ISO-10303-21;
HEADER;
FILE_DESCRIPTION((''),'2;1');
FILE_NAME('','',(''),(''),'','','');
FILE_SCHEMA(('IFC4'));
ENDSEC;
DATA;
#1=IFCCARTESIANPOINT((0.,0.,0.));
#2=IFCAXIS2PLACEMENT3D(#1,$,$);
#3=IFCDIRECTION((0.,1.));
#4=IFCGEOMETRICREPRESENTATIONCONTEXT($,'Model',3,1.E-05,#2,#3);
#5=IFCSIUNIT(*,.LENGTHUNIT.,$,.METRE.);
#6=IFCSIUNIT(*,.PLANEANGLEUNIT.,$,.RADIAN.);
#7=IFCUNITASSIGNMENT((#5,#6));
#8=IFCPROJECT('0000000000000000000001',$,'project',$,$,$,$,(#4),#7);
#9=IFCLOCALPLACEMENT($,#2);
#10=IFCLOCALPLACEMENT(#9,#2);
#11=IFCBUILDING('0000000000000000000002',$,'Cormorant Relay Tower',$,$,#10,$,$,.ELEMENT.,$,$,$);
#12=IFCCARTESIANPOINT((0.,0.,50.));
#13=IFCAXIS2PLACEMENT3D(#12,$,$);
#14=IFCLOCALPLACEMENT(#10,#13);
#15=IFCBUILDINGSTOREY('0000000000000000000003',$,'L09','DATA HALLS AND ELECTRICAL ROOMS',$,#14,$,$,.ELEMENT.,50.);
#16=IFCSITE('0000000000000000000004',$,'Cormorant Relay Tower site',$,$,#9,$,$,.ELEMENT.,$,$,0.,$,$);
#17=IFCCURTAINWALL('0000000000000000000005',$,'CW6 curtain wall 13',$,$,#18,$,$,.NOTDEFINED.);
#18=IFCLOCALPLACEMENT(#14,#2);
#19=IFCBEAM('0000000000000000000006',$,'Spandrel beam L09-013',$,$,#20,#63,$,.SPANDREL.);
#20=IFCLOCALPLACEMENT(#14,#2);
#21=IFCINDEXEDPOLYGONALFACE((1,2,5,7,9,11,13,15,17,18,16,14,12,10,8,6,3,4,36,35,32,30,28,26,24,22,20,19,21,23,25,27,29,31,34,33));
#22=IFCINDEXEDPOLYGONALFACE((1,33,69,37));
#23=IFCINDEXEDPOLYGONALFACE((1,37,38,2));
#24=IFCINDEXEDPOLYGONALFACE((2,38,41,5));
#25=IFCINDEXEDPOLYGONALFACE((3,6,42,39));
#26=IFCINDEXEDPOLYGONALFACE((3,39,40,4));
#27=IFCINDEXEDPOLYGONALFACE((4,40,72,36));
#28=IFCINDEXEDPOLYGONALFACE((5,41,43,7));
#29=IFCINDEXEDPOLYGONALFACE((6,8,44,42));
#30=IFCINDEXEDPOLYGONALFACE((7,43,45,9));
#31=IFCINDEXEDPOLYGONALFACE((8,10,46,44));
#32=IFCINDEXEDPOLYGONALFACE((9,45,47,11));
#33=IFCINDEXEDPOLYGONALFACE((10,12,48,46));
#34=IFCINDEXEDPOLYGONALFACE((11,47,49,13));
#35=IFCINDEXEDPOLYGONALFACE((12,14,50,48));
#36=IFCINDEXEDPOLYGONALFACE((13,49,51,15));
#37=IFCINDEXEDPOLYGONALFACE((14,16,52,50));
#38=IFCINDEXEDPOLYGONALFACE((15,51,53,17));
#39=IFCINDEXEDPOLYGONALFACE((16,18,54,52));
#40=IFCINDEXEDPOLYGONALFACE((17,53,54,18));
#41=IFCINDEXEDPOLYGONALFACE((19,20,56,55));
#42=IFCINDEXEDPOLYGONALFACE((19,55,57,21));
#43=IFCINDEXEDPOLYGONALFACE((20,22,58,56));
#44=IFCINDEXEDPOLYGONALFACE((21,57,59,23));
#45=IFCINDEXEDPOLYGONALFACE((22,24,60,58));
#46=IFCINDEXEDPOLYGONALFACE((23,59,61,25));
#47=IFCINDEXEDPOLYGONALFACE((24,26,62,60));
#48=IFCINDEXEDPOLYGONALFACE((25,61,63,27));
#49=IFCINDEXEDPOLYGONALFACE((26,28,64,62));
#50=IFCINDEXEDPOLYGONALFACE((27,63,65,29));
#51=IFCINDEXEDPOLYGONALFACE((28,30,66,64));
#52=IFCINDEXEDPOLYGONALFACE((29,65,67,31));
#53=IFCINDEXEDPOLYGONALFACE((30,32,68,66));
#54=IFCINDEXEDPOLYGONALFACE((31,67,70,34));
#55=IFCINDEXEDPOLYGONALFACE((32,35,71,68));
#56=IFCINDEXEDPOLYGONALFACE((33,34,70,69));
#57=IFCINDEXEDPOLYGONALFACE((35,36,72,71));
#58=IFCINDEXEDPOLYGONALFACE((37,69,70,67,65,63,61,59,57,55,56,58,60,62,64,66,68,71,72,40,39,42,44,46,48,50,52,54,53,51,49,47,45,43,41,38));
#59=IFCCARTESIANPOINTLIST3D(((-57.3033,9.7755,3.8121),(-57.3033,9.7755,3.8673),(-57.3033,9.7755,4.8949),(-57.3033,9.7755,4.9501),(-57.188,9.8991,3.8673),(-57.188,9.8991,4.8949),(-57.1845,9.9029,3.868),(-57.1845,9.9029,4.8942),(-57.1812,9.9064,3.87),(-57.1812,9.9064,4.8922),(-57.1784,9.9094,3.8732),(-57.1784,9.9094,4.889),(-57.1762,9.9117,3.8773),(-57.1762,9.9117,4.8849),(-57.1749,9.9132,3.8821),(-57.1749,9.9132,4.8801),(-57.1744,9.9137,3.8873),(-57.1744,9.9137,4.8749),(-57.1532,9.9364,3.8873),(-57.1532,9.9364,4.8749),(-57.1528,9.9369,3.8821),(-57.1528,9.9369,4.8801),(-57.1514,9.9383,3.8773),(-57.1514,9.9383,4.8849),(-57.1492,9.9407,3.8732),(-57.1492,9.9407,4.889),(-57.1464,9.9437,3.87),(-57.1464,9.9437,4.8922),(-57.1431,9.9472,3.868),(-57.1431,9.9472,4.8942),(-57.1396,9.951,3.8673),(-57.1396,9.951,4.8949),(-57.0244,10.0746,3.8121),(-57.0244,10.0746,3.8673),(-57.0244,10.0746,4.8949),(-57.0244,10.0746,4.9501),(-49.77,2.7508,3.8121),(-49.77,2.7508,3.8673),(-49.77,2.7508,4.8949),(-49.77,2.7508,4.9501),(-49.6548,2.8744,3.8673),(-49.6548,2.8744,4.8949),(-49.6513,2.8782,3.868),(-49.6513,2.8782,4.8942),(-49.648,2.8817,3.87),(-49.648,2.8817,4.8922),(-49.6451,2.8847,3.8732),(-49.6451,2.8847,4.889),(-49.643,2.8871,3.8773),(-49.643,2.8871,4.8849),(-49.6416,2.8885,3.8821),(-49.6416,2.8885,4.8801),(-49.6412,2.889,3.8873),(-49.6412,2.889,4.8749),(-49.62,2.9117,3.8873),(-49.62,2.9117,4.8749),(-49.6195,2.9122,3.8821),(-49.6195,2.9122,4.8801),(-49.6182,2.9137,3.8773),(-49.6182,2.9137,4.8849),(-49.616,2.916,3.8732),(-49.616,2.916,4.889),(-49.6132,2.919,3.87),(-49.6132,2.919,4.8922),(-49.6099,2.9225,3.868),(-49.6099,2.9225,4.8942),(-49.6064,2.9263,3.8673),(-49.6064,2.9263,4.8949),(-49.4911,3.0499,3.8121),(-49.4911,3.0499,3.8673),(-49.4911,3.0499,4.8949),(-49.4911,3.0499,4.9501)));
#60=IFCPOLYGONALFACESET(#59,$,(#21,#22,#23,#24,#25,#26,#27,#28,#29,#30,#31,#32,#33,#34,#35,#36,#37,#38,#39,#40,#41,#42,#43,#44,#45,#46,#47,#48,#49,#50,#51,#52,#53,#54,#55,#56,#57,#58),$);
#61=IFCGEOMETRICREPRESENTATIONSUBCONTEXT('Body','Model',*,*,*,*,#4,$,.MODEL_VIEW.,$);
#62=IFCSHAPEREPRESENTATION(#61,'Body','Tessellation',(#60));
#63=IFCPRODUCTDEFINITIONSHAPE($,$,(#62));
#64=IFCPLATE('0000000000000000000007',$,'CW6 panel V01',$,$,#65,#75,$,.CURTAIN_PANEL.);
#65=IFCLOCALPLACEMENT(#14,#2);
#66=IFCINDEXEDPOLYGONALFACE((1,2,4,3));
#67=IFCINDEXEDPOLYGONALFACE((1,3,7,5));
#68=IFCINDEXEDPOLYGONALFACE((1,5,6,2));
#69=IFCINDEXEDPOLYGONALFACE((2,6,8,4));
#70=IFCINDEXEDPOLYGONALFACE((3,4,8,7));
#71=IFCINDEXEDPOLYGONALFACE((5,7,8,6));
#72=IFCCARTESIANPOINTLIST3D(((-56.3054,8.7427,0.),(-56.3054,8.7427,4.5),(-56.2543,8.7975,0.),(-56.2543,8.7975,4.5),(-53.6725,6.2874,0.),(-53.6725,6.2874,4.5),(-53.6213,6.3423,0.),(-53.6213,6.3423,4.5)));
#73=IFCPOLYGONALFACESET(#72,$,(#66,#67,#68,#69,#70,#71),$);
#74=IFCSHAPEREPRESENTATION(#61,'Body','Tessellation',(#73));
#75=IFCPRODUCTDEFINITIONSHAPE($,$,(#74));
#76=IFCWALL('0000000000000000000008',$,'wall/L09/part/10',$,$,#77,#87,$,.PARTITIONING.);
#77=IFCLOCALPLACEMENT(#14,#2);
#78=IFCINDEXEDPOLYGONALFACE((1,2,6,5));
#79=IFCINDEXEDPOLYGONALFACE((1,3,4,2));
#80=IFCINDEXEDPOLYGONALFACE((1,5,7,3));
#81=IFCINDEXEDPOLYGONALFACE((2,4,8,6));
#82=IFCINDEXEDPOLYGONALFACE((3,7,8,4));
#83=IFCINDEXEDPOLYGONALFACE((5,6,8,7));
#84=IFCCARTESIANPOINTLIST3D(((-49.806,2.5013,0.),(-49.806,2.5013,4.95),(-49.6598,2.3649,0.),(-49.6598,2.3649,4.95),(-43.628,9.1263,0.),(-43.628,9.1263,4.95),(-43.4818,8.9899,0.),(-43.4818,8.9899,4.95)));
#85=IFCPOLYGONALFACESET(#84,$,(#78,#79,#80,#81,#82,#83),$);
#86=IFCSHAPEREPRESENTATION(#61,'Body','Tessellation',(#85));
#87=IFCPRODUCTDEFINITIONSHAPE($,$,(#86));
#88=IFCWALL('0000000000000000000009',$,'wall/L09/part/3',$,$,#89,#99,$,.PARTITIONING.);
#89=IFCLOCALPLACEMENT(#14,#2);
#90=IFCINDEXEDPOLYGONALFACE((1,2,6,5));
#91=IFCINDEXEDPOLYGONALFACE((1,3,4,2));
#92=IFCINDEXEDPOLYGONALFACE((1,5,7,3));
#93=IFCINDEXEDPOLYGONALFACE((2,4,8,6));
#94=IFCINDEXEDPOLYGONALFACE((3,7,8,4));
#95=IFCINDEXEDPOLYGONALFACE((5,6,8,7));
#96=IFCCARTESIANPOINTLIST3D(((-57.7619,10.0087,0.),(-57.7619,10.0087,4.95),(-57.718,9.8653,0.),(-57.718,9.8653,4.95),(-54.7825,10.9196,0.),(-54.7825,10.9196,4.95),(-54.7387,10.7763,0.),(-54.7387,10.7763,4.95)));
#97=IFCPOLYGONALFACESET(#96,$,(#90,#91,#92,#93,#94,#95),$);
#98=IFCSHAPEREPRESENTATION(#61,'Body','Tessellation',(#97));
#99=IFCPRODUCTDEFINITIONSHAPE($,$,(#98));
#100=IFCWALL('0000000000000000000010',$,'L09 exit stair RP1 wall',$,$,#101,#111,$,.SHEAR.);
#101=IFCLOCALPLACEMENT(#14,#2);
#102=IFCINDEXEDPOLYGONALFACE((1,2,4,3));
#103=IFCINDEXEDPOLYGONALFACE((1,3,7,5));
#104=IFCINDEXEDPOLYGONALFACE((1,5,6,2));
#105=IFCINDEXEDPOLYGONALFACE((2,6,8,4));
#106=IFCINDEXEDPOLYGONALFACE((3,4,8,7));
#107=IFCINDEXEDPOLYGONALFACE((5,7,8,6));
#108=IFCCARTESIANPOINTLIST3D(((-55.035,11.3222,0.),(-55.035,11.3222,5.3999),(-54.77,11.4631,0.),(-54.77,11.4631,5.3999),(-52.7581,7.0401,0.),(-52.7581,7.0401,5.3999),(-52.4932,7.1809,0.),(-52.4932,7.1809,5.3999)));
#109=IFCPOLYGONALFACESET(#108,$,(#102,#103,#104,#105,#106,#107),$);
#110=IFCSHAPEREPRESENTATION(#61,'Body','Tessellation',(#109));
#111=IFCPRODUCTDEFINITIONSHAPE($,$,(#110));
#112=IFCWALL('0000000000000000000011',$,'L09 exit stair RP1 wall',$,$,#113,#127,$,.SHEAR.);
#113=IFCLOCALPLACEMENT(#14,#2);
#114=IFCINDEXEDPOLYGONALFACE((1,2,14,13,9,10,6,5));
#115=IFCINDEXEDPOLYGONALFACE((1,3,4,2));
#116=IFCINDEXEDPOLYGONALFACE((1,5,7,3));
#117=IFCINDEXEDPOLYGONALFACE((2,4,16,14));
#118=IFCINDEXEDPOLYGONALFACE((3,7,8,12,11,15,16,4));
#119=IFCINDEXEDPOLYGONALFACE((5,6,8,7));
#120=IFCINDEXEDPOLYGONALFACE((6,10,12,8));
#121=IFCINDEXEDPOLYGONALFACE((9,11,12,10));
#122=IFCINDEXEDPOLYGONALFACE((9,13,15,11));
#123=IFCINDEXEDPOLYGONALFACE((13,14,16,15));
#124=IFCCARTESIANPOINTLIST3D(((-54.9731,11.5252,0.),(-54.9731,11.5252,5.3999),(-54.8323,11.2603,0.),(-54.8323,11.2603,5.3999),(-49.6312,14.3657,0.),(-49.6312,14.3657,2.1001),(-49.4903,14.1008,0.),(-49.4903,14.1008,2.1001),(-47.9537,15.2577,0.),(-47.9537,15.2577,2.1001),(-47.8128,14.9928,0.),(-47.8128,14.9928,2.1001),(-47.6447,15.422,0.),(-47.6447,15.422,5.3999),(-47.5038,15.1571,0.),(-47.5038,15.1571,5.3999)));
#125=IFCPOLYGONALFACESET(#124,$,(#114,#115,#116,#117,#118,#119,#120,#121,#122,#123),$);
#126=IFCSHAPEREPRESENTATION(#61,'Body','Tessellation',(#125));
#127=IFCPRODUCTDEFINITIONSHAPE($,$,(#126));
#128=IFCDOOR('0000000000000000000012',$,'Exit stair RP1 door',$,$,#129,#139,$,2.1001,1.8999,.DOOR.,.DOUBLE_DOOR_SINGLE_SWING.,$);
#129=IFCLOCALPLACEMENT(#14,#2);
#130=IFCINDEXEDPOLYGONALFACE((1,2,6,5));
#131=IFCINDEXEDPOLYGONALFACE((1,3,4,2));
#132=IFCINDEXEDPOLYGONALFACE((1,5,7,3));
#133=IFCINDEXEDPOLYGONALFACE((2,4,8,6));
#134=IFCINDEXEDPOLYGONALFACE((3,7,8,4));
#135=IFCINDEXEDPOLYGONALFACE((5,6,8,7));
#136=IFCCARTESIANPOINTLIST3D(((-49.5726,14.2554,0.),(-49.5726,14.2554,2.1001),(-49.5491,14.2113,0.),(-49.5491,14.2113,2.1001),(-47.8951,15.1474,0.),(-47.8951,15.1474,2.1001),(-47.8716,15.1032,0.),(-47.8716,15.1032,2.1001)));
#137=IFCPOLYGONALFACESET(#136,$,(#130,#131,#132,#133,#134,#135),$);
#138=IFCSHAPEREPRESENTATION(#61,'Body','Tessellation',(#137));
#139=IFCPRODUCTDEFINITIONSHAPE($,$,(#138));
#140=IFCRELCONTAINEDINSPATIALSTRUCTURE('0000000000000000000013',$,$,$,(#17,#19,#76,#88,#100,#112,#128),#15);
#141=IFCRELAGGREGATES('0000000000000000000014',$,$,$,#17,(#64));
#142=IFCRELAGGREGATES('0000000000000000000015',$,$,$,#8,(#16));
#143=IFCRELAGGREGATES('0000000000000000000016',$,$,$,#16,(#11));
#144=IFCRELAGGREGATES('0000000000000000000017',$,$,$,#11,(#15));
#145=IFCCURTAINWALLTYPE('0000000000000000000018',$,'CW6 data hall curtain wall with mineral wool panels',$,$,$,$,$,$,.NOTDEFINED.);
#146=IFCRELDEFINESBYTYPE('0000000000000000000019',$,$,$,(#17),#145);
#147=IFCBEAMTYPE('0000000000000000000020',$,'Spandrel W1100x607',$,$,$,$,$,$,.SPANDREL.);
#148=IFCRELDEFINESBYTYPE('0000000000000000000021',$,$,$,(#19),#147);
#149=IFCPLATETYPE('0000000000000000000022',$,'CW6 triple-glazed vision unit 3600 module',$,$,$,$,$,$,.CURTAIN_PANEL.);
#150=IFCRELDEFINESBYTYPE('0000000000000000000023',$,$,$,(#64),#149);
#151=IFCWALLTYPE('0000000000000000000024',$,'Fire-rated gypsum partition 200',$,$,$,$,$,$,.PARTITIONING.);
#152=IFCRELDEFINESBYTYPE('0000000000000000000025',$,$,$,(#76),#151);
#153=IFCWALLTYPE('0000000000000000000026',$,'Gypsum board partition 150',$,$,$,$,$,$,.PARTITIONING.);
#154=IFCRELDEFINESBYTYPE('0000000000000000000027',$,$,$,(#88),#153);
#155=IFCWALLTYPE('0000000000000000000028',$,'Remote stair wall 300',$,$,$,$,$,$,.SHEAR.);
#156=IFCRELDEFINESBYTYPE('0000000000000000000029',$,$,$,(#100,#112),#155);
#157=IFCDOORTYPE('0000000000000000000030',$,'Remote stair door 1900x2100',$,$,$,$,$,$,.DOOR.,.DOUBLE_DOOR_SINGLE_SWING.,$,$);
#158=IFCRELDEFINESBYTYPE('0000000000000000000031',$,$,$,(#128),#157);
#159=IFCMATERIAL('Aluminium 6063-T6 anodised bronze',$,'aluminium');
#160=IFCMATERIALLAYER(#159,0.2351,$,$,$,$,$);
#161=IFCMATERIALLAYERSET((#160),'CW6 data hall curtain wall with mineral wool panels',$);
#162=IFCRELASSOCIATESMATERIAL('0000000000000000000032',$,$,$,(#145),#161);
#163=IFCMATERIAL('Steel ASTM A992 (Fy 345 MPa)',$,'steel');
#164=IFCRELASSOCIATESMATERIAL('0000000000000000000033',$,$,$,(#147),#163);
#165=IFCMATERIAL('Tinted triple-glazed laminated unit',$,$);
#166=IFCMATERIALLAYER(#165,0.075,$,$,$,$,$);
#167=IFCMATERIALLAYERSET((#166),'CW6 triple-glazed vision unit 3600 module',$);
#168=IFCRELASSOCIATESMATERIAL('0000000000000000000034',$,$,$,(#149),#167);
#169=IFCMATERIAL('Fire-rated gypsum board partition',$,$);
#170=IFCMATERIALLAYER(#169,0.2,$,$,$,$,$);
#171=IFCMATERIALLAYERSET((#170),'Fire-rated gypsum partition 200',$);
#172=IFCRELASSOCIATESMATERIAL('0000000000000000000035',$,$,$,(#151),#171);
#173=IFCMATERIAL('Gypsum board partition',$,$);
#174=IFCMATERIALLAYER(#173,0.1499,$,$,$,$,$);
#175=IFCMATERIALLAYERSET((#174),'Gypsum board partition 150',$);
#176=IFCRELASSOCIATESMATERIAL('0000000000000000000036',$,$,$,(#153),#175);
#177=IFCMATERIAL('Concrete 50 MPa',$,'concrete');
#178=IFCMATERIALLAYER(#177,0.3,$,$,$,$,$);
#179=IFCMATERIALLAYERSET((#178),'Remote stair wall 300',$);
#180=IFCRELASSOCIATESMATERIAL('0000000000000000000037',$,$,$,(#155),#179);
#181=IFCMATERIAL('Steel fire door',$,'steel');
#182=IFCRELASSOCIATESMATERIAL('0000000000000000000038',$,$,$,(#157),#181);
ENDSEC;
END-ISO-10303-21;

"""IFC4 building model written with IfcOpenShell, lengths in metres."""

from ifc_helpers import new_model, si_unit, direction, frame, frame_2d, origin, origin_2d, place, context, subcontext, project, spatial, rectangle, i_section, extrude, material, layer, layer_set, material_profile, profile_set, type_object, element, fill, aggregate, save


model = new_model("IFC4")

# Units and contexts
model_context = context("Model", 3, precision=1e-05, world=origin(), true_north=direction((0.0, 1.0)))
body_context = subcontext(model_context, "Body", "Model", "MODEL_VIEW")
ifc_project = project(units=[si_unit("LENGTHUNIT", "METRE"), si_unit("PLANEANGLEUNIT", "RADIAN")], contexts=[model_context])

# Site, building, storey
site_placement = place(None, origin())
site = spatial("IfcSite", under=ifc_project, at=site_placement, Name="Cormorant Relay Tower site", CompositionType="ELEMENT", RefElevation=0.0)
building_placement = place(site_placement, origin())
building = spatial("IfcBuilding", under=site, at=building_placement, Name="Cormorant Relay Tower", CompositionType="ELEMENT")
storey_placement = place(building_placement, frame((0.0, 0.0, 50.0)))
storey = spatial("IfcBuildingStorey", under=building, at=storey_placement, Name="L09", Description="DATA HALLS AND ELECTRICAL ROOMS", CompositionType="ELEMENT", Elevation=50.0)

# Curtain wall
ifc_material_1 = material(Name="Aluminium 6063-T6 anodised bronze", Category="aluminium")
ifc_layer_1 = layer(ifc_material_1, 0.2351)
ifc_layer_set_1 = layer_set([ifc_layer_1], Name="CW6 data hall curtain wall with mineral wool panels")
curtain_wall_type = type_object("IfcCurtainWallType", Name="CW6 data hall curtain wall with mineral wool panels", PredefinedType="NOTDEFINED", material=ifc_layer_set_1)
curtain_wall_1_placement = place(storey_placement, origin())
curtain_wall_1 = element("IfcCurtainWall", 1, at=curtain_wall_1_placement, inside=storey, type_object=curtain_wall_type, Name="CW6 curtain wall 13", PredefinedType="NOTDEFINED")

# Beam
ifc_material_2 = material(Name="Steel ASTM A992 (Fy 345 MPa)", Category="steel")
ifc_material_profile_1 = material_profile(ifc_material_2, i_section(OverallWidth=0.4089, OverallDepth=1.1379, WebThickness=0.031, FlangeThickness=0.0552, FilletRadius=0.02, at=origin_2d()), Name="W1100x607")
ifc_profile_set_1 = profile_set([ifc_material_profile_1], Name="Steel ASTM A992 (Fy 345 MPa)")
beam_type = type_object("IfcBeamType", Name="Spandrel W1100x607", PredefinedType="SPANDREL", material=ifc_profile_set_1)
beam_placement = place(storey_placement, frame((-57.1638, 9.925, 4.3811), z_axis=(0.731362, -0.68199, 0.0), x_axis=(0.68199, 0.731362, 0.0)))
element("IfcBeam", 2, at=beam_placement, inside=storey, type_object=beam_type, Name="Spandrel beam L09-013", PredefinedType="SPANDREL", context=body_context, shape_type="SweptSolid", body=[
    extrude(i_section(OverallWidth=0.4089, OverallDepth=1.1379, WebThickness=0.031, FlangeThickness=0.0552, FilletRadius=0.02, at=origin_2d()), origin(), (0.0, 0.0, 1.0), 10.3003),
])

# Plate
ifc_material_3 = material(Name="Tinted triple-glazed laminated unit")
ifc_layer_2 = layer(ifc_material_3, 0.075)
ifc_layer_set_2 = layer_set([ifc_layer_2], Name="CW6 triple-glazed vision unit 3600 module")
plate_type = type_object("IfcPlateType", Name="CW6 triple-glazed vision unit 3600 module", PredefinedType="CURTAIN_PANEL", material=ifc_layer_set_2)
plate_placement = place(storey_placement, frame((-54.9634, 7.5425, 0.0), z_axis=(0.0, 0.0, 1.0), x_axis=(0.731354, -0.681998, 0.0)))
plate = element("IfcPlate", 3, at=plate_placement, type_object=plate_type, Name="CW6 panel V01", PredefinedType="CURTAIN_PANEL", context=body_context, shape_type="SweptSolid", body=[
    extrude(rectangle(XDim=3.6001, YDim=0.075, at=origin_2d()), origin(), (0.0, 0.0, 1.0), 4.5),
])

# Walls
ifc_material_4 = material(Name="Fire-rated gypsum board partition")
ifc_layer_3 = layer(ifc_material_4, 0.2)
ifc_layer_set_3 = layer_set([ifc_layer_3], Name="Fire-rated gypsum partition 200")
wall_type_1 = type_object("IfcWallType", Name="Fire-rated gypsum partition 200", PredefinedType="PARTITIONING", material=ifc_layer_set_3)
wall_1_placement = place(storey_placement, frame((-49.7329, 2.4331, 0.0), z_axis=(0.0, 0.0, 1.0), x_axis=(0.682002, 0.73135, 0.0)))
element("IfcWall", 4, at=wall_1_placement, inside=storey, type_object=wall_type_1, Name="wall/L09/part/10", PredefinedType="PARTITIONING", context=body_context, shape_type="SweptSolid", body=[
    extrude(rectangle(XDim=9.0586, YDim=0.2, at=frame_2d((4.5293, 0.0))), origin(), (0.0, 0.0, 1.0), 4.95),
])
ifc_material_5 = material(Name="Gypsum board partition")
ifc_layer_4 = layer(ifc_material_5, 0.1499)
ifc_layer_set_4 = layer_set([ifc_layer_4], Name="Gypsum board partition 150")
wall_type_2 = type_object("IfcWallType", Name="Gypsum board partition 150", PredefinedType="PARTITIONING", material=ifc_layer_set_4)
wall_2_placement = place(storey_placement, frame((-54.7607, 10.8479, 0.0), z_axis=(0.0, 0.0, 1.0), x_axis=(-0.956301, -0.292384, 0.0)))
element("IfcWall", 5, at=wall_2_placement, inside=storey, type_object=wall_type_2, Name="wall/L09/part/3", PredefinedType="PARTITIONING", context=body_context, shape_type="SweptSolid", body=[
    extrude(rectangle(XDim=3.1155, YDim=0.1499, at=frame_2d((1.5576, 0.0))), origin(), (0.0, 0.0, 1.0), 4.95),
])
ifc_material_6 = material(Name="Concrete 50 MPa", Category="concrete")
ifc_layer_5 = layer(ifc_material_6, 0.3)
ifc_layer_set_5 = layer_set([ifc_layer_5], Name="Remote stair wall 300")
wall_type_3 = type_object("IfcWallType", Name="Remote stair wall 300", PredefinedType="SHEAR", material=ifc_layer_set_5)
wall_3_placement = place(storey_placement, frame((-52.6257, 7.1106, 0.0), z_axis=(0.0, 0.0, 1.0), x_axis=(-0.469464, 0.882951, 0.0)))
element("IfcWall", 6, at=wall_3_placement, inside=storey, type_object=wall_type_3, Name="L09 exit stair RP1 wall", PredefinedType="SHEAR", context=body_context, shape_type="SweptSolid", body=[
    extrude(rectangle(XDim=4.8499, YDim=0.3, at=frame_2d((2.4248, 0.0))), origin(), (0.0, 0.0, 1.0), 5.3999),
])

# Wall, opening, door
wall_4_placement = place(storey_placement, frame((-54.9026, 11.3928, 0.0), z_axis=(0.0, 0.0, 1.0), x_axis=(0.882939, 0.469487, 0.0)))
wall_4 = element("IfcWall", 7, at=wall_4_placement, inside=storey, type_object=wall_type_3, Name="L09 exit stair RP1 wall", PredefinedType="SHEAR", context=body_context, shape_type="SweptSolid", body=[
    extrude(rectangle(XDim=8.3, YDim=0.3, at=frame_2d((4.1499, 0.0))), origin(), (0.0, 0.0, 1.0), 5.3999),
])
opening_placement = place(wall_4_placement, frame((6.05, 0.0, 0.0)))
opening = element("IfcOpeningElement", 8, at=opening_placement, cuts=wall_4, PredefinedType="OPENING", context=body_context, shape_type="SweptSolid", body=[
    extrude(rectangle(XDim=1.8999, YDim=2.1001, at=frame_2d((0.95, 1.05))), frame((0.0, 0.1599, 0.0), z_axis=(0.0, -1.0, 0.0), x_axis=(1.0, 0.0, 0.0)), (0.0, 0.0, 1.0), 0.3201),
])
ifc_material_7 = material(Name="Steel fire door", Category="steel")
door_type = type_object("IfcDoorType", Name="Remote stair door 1900x2100", OperationType="DOUBLE_DOOR_SINGLE_SWING", PredefinedType="DOOR", material=ifc_material_7)
door_placement = place(opening_placement, frame((1.8999, 0.0, 0.0), z_axis=(0.0, 0.0, 1.0), x_axis=(-1.0, 0.0, 0.0)))
door = element("IfcDoor", 9, at=door_placement, inside=storey, type_object=door_type, Name="Exit stair RP1 door", OperationType="DOUBLE_DOOR_SINGLE_SWING", OverallHeight=2.1001, OverallWidth=1.8999, PredefinedType="DOOR", context=body_context, shape_type="SweptSolid", body=[
    extrude(rectangle(XDim=1.8999, YDim=2.1001, at=frame_2d((0.95, 1.05))), frame((0.0, 0.0249, 0.0), z_axis=(0.0, -1.0, 0.0), x_axis=(1.0, 0.0, 0.0)), (0.0, 0.0, 1.0), 0.05),
])
fill(opening, door)

aggregate(curtain_wall_1, [plate])

save(model, "model.ifc")
